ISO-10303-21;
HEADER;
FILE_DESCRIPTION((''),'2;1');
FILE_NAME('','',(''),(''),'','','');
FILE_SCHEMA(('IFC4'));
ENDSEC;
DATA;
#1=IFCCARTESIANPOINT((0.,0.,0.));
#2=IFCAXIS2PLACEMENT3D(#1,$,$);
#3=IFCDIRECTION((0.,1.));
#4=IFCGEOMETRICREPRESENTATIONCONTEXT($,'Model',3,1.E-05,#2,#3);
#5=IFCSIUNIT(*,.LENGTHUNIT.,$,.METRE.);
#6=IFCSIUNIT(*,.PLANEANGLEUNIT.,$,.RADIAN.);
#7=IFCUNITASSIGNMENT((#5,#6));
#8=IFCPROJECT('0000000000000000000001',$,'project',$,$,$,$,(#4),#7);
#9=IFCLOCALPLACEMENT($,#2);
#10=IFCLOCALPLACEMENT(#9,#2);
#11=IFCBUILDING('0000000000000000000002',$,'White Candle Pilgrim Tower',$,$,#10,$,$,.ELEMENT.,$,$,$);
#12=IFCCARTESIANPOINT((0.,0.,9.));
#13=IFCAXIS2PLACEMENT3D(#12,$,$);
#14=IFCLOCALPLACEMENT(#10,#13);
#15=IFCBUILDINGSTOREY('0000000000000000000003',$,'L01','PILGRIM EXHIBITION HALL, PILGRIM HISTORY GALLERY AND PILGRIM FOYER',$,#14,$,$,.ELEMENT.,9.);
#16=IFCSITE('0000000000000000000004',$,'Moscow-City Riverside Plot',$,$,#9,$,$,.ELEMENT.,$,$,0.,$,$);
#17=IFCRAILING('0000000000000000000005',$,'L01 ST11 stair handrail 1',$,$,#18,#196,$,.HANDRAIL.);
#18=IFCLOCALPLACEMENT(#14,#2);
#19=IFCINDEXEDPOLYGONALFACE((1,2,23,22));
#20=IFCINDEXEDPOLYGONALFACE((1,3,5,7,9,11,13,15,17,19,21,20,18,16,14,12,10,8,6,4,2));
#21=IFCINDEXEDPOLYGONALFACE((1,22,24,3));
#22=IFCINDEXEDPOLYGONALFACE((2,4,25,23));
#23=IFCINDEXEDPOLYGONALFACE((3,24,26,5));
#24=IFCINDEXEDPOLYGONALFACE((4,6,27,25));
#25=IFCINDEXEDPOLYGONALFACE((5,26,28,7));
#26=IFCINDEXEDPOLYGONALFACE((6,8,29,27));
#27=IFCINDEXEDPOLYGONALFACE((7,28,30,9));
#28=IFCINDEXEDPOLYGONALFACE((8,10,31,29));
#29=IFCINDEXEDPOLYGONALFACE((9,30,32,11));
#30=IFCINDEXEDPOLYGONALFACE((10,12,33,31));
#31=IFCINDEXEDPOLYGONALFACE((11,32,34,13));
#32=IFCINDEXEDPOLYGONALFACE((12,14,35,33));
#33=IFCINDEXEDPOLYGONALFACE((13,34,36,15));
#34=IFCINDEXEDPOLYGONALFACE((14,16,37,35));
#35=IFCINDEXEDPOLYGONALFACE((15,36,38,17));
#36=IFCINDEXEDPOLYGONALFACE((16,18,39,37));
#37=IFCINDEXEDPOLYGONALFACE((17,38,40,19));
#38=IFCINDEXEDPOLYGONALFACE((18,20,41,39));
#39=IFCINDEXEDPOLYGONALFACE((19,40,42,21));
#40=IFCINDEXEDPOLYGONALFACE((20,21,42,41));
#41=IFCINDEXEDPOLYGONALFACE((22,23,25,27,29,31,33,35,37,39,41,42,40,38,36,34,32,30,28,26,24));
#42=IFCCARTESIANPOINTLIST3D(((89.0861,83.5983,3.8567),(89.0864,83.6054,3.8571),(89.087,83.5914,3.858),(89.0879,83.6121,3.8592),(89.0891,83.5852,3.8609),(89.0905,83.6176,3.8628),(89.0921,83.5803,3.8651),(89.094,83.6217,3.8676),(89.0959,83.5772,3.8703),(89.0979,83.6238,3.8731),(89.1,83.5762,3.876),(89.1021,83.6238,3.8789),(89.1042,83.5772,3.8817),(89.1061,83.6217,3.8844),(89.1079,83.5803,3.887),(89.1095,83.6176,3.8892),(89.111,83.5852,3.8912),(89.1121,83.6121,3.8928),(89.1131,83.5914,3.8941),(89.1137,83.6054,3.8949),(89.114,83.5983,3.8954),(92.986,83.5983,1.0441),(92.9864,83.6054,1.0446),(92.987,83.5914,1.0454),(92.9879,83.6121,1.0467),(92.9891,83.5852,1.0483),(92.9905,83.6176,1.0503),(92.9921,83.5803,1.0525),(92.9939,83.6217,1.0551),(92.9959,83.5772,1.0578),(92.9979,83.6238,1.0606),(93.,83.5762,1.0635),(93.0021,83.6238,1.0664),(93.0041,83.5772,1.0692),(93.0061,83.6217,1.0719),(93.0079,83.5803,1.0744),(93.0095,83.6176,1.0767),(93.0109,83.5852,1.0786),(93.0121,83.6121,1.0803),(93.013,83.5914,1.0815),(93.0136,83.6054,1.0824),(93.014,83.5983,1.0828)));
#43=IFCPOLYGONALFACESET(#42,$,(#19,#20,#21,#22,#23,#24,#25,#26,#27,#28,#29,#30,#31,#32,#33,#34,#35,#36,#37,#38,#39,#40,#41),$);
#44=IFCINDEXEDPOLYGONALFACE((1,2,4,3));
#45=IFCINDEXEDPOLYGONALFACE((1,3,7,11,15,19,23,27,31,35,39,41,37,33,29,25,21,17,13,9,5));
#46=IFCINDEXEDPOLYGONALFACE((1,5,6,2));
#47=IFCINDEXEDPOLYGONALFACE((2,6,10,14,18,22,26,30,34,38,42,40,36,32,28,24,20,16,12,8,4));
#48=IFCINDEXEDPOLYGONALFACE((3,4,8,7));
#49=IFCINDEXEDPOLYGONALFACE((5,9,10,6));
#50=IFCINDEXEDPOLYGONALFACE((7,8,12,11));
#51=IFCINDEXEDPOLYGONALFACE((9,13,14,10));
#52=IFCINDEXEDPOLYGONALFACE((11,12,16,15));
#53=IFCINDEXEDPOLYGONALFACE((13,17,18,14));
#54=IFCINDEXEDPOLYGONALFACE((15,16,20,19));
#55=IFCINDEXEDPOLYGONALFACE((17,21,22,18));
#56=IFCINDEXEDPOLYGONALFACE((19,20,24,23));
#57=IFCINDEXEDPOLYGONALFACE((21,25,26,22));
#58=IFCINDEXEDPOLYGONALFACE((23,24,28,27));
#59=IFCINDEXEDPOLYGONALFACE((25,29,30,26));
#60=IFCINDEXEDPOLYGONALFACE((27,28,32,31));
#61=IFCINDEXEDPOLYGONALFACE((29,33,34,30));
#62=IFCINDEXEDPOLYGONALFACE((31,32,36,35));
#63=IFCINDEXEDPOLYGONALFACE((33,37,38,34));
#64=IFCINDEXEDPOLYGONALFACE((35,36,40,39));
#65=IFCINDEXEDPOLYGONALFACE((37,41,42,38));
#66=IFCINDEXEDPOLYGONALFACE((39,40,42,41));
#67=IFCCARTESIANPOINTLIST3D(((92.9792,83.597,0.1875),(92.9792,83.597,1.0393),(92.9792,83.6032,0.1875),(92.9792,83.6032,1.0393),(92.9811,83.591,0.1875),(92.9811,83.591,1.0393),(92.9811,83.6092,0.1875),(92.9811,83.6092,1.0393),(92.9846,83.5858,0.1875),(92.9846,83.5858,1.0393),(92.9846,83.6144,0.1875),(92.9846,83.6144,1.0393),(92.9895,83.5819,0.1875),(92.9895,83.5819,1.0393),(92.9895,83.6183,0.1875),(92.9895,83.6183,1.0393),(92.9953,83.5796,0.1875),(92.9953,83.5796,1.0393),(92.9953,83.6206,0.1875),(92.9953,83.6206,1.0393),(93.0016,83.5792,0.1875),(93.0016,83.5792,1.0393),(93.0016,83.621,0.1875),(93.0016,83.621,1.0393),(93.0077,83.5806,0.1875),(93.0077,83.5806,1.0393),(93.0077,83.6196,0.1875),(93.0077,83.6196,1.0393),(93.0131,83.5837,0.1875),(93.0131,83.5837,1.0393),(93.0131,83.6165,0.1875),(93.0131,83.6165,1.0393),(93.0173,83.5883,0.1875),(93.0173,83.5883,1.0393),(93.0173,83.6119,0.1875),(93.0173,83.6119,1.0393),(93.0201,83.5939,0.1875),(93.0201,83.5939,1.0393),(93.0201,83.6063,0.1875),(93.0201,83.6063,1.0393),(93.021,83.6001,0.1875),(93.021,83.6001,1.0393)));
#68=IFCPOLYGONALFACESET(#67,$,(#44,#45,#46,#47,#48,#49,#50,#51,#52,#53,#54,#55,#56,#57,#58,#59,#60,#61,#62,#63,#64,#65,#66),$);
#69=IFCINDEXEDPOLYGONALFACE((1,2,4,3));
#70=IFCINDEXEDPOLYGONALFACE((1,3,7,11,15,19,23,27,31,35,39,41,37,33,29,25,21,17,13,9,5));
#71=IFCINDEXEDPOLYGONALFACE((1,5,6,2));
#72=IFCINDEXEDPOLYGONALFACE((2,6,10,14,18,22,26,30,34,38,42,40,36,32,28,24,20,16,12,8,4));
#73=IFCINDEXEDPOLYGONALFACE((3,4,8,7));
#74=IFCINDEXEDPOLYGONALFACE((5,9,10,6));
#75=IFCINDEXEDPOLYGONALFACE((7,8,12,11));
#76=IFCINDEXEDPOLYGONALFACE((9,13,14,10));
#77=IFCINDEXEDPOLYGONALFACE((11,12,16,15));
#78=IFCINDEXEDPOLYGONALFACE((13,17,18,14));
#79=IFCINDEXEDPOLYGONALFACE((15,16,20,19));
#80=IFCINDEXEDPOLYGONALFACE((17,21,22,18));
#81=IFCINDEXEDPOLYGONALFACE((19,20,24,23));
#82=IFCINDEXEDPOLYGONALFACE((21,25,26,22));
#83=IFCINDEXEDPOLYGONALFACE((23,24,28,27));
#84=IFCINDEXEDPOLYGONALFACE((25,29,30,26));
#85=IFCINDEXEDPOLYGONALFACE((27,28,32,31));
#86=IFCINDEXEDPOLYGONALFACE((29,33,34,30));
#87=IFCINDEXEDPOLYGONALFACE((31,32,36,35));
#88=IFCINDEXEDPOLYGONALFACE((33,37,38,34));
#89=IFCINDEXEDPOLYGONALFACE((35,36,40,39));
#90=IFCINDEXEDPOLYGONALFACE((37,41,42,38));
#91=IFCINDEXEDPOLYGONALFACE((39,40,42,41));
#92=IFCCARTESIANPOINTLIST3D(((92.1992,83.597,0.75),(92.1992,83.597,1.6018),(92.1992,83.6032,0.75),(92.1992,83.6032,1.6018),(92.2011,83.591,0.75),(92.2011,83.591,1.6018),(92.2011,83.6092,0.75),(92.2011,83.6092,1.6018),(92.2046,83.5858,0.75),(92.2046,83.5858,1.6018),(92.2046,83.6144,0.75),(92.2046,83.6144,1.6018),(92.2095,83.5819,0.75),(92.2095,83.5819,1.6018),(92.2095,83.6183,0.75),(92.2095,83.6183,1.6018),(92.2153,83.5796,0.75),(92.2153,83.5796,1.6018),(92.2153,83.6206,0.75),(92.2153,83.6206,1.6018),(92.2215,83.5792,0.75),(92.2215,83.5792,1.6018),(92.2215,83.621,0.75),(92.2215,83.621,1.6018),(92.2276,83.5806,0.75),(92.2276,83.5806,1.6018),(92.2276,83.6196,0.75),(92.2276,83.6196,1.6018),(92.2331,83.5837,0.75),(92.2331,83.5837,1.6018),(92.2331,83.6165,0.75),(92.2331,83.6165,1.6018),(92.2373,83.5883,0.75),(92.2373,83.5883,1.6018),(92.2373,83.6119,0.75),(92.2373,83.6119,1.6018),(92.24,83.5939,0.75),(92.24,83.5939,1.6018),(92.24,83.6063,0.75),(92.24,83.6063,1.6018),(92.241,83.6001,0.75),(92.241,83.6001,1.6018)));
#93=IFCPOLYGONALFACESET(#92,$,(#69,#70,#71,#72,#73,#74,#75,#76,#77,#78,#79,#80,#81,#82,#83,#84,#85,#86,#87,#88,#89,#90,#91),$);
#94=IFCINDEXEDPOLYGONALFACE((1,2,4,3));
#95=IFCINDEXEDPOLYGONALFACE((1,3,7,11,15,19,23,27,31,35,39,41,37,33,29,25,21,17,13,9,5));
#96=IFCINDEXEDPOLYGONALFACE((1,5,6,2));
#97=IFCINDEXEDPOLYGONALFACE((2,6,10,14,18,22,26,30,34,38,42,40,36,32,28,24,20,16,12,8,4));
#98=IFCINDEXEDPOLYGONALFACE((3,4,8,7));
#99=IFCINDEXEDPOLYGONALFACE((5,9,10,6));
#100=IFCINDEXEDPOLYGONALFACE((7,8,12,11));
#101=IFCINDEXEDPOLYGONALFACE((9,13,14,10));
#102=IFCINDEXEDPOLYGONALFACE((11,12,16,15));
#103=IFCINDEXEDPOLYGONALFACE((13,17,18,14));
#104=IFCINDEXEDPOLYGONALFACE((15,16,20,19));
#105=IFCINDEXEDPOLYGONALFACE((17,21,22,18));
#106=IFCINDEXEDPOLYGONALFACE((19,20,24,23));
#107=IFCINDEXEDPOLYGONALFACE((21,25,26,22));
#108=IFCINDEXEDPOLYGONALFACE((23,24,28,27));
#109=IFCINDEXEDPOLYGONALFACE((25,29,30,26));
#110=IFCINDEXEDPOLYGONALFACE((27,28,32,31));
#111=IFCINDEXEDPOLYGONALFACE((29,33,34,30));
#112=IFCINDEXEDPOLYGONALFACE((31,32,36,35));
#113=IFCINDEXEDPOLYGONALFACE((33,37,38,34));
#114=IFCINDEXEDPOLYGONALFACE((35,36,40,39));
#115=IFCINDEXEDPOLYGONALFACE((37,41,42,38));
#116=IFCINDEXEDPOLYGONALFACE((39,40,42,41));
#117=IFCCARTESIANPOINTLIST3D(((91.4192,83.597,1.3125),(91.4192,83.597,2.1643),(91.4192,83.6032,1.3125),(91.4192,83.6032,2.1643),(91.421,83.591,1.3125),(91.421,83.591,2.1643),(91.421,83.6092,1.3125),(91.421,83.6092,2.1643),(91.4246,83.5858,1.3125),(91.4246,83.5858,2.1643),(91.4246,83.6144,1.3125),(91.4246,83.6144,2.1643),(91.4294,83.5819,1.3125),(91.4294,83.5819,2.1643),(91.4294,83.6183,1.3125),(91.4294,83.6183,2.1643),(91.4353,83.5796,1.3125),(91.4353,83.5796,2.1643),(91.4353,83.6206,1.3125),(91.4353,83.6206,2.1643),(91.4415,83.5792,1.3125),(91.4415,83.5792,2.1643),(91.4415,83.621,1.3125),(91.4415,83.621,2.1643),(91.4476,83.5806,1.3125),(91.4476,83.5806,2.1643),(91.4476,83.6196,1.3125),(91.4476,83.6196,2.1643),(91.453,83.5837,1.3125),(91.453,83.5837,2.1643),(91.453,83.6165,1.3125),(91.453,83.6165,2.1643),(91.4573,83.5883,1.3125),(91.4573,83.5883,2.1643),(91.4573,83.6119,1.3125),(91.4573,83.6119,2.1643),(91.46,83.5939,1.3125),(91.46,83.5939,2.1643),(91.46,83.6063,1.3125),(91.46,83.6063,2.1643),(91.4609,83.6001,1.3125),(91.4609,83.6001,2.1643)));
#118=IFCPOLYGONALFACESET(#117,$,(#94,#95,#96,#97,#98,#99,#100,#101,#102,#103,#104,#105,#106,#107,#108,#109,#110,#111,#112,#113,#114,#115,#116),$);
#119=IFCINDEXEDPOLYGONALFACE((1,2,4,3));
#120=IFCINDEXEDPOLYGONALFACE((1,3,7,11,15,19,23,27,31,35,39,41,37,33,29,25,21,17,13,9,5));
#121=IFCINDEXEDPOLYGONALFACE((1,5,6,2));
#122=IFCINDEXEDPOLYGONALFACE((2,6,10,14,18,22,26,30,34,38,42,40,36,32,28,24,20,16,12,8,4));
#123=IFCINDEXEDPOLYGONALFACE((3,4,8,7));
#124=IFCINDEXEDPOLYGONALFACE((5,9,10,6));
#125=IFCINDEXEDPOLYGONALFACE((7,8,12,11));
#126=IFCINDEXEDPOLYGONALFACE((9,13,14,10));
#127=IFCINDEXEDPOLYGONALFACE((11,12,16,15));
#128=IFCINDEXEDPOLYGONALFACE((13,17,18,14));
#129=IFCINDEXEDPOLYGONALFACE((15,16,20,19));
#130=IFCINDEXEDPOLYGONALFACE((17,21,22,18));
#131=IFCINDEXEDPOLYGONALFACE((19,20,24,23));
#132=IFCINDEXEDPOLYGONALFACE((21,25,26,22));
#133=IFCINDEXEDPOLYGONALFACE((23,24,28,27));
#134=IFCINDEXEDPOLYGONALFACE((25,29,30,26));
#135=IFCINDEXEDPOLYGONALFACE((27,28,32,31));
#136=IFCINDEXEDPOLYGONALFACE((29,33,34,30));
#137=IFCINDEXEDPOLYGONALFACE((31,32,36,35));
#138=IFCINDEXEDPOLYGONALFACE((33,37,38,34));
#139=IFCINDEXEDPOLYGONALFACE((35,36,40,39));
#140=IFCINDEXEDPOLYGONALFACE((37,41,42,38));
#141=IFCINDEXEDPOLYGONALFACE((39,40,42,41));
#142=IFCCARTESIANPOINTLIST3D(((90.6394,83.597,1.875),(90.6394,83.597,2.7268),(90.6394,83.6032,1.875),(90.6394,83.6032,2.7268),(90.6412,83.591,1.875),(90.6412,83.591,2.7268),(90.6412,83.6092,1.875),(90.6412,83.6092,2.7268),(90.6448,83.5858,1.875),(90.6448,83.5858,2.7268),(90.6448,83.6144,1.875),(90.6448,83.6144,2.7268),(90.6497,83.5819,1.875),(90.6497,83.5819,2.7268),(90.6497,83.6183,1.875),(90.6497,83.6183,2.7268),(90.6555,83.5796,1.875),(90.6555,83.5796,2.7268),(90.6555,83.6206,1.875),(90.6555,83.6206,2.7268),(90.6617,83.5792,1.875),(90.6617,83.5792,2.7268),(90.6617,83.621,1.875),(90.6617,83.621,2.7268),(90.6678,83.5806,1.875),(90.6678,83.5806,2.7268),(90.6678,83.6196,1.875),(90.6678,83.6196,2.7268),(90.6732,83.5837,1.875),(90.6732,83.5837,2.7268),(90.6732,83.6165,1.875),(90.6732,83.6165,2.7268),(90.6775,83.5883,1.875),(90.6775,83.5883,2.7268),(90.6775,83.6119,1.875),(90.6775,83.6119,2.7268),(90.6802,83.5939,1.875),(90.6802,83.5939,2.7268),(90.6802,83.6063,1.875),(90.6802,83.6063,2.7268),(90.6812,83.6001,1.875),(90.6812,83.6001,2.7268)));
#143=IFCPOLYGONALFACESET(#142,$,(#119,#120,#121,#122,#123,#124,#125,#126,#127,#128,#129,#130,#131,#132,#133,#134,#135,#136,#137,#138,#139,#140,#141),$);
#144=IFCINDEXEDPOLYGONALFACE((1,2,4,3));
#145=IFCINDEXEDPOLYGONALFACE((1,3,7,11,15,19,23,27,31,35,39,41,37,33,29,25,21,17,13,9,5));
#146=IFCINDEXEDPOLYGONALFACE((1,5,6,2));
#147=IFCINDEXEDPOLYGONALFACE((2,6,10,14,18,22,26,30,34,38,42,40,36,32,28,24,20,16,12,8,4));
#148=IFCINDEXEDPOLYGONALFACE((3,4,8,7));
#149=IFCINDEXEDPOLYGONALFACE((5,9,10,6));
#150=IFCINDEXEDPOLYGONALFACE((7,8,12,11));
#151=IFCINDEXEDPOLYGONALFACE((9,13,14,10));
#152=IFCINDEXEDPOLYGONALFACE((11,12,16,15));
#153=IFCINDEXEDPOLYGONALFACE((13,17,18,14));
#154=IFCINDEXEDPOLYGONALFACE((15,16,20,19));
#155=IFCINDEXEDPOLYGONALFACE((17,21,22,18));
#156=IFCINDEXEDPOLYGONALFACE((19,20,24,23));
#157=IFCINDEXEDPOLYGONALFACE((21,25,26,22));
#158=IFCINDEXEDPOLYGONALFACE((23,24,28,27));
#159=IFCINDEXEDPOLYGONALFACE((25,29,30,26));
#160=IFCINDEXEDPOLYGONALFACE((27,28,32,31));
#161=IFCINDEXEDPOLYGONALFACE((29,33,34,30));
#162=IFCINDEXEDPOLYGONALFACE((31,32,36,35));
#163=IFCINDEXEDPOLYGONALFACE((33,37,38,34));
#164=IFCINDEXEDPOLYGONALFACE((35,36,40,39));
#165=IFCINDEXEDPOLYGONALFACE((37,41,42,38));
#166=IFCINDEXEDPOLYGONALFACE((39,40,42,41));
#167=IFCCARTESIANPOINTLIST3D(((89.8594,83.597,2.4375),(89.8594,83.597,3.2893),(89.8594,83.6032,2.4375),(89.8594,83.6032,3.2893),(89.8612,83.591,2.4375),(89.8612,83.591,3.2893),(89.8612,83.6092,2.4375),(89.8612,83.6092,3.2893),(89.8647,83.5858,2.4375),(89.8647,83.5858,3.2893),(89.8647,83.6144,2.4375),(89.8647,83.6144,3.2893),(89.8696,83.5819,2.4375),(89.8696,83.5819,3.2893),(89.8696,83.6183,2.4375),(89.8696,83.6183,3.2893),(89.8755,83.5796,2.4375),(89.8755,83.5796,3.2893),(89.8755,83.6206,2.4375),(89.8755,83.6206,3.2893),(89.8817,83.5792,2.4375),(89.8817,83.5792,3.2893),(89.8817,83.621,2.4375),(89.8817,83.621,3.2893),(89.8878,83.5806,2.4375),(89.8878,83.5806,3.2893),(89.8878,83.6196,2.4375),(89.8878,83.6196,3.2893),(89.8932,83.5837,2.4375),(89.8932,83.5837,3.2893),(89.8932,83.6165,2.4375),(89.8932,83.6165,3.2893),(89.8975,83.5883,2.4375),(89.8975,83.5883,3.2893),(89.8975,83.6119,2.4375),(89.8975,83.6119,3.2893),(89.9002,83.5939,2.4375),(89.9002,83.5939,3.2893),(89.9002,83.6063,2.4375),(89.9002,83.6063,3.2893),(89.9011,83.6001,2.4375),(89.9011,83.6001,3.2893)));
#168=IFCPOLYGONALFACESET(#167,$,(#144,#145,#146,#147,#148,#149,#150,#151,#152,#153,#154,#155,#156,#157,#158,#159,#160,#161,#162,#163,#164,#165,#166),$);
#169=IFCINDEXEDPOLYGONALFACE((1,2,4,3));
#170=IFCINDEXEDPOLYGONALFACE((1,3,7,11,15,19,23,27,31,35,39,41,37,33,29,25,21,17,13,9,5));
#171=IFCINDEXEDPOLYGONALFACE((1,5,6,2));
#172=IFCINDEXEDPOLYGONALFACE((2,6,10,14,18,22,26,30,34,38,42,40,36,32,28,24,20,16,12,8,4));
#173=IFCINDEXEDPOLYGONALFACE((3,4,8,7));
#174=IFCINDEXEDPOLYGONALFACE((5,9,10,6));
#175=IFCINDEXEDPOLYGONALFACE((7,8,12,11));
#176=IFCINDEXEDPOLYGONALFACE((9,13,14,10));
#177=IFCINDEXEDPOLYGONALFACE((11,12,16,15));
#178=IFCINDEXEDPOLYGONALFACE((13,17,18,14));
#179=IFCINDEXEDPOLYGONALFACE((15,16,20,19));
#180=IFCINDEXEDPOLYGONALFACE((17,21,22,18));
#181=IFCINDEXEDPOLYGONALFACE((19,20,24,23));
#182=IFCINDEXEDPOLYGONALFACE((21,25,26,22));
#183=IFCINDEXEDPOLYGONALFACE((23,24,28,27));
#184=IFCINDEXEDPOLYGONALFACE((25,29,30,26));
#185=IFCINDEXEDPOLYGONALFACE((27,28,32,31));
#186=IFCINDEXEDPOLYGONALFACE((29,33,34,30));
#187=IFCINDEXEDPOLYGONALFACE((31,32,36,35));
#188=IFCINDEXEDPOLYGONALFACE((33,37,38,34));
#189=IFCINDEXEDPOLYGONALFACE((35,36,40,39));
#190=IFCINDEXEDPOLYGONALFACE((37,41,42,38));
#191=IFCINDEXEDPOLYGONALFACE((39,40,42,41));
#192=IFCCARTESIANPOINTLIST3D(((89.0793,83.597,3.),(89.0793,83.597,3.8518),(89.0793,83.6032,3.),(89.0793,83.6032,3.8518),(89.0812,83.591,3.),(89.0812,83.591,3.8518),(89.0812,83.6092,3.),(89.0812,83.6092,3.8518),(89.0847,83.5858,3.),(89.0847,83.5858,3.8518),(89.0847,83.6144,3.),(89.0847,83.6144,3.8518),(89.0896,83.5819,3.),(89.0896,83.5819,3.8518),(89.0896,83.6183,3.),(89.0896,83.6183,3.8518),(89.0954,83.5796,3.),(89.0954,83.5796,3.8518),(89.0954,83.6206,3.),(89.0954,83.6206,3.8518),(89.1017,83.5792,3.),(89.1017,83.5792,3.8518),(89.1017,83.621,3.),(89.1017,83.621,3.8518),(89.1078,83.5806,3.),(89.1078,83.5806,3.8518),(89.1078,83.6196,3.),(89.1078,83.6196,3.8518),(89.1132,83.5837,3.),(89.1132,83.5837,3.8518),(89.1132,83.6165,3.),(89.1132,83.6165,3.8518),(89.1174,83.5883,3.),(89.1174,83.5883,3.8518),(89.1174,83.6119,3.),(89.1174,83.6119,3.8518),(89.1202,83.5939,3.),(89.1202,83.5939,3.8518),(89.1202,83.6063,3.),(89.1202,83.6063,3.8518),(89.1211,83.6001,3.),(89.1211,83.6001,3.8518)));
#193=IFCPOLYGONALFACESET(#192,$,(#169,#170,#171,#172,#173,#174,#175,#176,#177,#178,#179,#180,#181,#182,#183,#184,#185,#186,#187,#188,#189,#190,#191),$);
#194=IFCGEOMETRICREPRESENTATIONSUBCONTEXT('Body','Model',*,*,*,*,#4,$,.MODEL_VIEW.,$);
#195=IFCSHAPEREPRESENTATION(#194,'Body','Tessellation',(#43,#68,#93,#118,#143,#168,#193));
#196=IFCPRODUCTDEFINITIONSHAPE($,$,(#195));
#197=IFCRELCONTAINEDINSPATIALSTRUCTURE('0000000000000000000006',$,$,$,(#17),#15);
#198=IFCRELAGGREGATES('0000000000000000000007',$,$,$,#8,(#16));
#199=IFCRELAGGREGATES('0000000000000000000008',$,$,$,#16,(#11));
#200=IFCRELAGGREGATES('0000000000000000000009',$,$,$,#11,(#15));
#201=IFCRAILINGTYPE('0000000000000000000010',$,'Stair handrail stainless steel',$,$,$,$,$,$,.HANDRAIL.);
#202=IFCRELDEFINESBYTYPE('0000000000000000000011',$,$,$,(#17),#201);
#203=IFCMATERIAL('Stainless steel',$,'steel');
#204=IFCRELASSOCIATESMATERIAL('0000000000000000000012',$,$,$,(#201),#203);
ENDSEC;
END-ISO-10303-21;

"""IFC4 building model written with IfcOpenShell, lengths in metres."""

from ifc_helpers import new_model, si_unit, direction, frame, origin, origin_2d, place, context, subcontext, project, spatial, circle, extrude, material, type_object, element, save


model = new_model("IFC4")

# Units and contexts
model_context = context("Model", 3, precision=1e-05, world=origin(), true_north=direction((0.0, 1.0)))
body_context = subcontext(model_context, "Body", "Model", "MODEL_VIEW")
ifc_project = project(units=[si_unit("LENGTHUNIT", "METRE"), si_unit("PLANEANGLEUNIT", "RADIAN")], contexts=[model_context])

# Site, building, storey
site_placement = place(None, origin())
site = spatial("IfcSite", under=ifc_project, at=site_placement, Name="Moscow-City Riverside Plot", CompositionType="ELEMENT", RefElevation=0.0)
building_placement = place(site_placement, origin())
building = spatial("IfcBuilding", under=site, at=building_placement, Name="White Candle Pilgrim Tower", CompositionType="ELEMENT")
storey_placement = place(building_placement, frame((0.0, 0.0, 9.0)))
storey = spatial("IfcBuildingStorey", under=building, at=storey_placement, Name="L01", Description="PILGRIM EXHIBITION HALL, PILGRIM HISTORY GALLERY AND PILGRIM FOYER", CompositionType="ELEMENT", Elevation=9.0)

# Railing
ifc_material_1 = material(Name="Stainless steel", Category="steel")
railing_type_1 = type_object("IfcRailingType", Name="Stair handrail stainless steel", PredefinedType="HANDRAIL", material=ifc_material_1)
railing_1_placement = place(storey_placement, frame((93.0, 83.6001, 0.1875)))
element("IfcRailing", 1, at=railing_1_placement, inside=storey, type_object=railing_type_1, Name="L01 ST11 stair handrail 1", PredefinedType="HANDRAIL", context=body_context, shape_type="SweptSolid", body=[
    extrude(circle(Radius=0.0239, at=origin_2d()), frame((0.0, 0.0, 0.876), z_axis=(-0.811083, 0.0, 0.584931), x_axis=(0.0, -1.0, 0.0)), (0.0, 0.0, 1.0), 4.8083),
    extrude(circle(Radius=0.021, at=origin_2d()), origin(), (0.0, 0.0, 1.0), 0.8518),
    extrude(circle(Radius=0.021, at=origin_2d()), frame((-0.78, 0.0, 0.5625)), (0.0, 0.0, 1.0), 0.8518),
    extrude(circle(Radius=0.021, at=origin_2d()), frame((-1.5601, 0.0, 1.125)), (0.0, 0.0, 1.0), 0.8518),
    extrude(circle(Radius=0.021, at=origin_2d()), frame((-2.3398, 0.0, 1.6875)), (0.0, 0.0, 1.0), 0.8518),
    extrude(circle(Radius=0.021, at=origin_2d()), frame((-3.1199, 0.0, 2.25)), (0.0, 0.0, 1.0), 0.8518),
    extrude(circle(Radius=0.021, at=origin_2d()), frame((-3.8999, 0.0, 2.8125)), (0.0, 0.0, 1.0), 0.8518),
])

save(model, "model.ifc")
